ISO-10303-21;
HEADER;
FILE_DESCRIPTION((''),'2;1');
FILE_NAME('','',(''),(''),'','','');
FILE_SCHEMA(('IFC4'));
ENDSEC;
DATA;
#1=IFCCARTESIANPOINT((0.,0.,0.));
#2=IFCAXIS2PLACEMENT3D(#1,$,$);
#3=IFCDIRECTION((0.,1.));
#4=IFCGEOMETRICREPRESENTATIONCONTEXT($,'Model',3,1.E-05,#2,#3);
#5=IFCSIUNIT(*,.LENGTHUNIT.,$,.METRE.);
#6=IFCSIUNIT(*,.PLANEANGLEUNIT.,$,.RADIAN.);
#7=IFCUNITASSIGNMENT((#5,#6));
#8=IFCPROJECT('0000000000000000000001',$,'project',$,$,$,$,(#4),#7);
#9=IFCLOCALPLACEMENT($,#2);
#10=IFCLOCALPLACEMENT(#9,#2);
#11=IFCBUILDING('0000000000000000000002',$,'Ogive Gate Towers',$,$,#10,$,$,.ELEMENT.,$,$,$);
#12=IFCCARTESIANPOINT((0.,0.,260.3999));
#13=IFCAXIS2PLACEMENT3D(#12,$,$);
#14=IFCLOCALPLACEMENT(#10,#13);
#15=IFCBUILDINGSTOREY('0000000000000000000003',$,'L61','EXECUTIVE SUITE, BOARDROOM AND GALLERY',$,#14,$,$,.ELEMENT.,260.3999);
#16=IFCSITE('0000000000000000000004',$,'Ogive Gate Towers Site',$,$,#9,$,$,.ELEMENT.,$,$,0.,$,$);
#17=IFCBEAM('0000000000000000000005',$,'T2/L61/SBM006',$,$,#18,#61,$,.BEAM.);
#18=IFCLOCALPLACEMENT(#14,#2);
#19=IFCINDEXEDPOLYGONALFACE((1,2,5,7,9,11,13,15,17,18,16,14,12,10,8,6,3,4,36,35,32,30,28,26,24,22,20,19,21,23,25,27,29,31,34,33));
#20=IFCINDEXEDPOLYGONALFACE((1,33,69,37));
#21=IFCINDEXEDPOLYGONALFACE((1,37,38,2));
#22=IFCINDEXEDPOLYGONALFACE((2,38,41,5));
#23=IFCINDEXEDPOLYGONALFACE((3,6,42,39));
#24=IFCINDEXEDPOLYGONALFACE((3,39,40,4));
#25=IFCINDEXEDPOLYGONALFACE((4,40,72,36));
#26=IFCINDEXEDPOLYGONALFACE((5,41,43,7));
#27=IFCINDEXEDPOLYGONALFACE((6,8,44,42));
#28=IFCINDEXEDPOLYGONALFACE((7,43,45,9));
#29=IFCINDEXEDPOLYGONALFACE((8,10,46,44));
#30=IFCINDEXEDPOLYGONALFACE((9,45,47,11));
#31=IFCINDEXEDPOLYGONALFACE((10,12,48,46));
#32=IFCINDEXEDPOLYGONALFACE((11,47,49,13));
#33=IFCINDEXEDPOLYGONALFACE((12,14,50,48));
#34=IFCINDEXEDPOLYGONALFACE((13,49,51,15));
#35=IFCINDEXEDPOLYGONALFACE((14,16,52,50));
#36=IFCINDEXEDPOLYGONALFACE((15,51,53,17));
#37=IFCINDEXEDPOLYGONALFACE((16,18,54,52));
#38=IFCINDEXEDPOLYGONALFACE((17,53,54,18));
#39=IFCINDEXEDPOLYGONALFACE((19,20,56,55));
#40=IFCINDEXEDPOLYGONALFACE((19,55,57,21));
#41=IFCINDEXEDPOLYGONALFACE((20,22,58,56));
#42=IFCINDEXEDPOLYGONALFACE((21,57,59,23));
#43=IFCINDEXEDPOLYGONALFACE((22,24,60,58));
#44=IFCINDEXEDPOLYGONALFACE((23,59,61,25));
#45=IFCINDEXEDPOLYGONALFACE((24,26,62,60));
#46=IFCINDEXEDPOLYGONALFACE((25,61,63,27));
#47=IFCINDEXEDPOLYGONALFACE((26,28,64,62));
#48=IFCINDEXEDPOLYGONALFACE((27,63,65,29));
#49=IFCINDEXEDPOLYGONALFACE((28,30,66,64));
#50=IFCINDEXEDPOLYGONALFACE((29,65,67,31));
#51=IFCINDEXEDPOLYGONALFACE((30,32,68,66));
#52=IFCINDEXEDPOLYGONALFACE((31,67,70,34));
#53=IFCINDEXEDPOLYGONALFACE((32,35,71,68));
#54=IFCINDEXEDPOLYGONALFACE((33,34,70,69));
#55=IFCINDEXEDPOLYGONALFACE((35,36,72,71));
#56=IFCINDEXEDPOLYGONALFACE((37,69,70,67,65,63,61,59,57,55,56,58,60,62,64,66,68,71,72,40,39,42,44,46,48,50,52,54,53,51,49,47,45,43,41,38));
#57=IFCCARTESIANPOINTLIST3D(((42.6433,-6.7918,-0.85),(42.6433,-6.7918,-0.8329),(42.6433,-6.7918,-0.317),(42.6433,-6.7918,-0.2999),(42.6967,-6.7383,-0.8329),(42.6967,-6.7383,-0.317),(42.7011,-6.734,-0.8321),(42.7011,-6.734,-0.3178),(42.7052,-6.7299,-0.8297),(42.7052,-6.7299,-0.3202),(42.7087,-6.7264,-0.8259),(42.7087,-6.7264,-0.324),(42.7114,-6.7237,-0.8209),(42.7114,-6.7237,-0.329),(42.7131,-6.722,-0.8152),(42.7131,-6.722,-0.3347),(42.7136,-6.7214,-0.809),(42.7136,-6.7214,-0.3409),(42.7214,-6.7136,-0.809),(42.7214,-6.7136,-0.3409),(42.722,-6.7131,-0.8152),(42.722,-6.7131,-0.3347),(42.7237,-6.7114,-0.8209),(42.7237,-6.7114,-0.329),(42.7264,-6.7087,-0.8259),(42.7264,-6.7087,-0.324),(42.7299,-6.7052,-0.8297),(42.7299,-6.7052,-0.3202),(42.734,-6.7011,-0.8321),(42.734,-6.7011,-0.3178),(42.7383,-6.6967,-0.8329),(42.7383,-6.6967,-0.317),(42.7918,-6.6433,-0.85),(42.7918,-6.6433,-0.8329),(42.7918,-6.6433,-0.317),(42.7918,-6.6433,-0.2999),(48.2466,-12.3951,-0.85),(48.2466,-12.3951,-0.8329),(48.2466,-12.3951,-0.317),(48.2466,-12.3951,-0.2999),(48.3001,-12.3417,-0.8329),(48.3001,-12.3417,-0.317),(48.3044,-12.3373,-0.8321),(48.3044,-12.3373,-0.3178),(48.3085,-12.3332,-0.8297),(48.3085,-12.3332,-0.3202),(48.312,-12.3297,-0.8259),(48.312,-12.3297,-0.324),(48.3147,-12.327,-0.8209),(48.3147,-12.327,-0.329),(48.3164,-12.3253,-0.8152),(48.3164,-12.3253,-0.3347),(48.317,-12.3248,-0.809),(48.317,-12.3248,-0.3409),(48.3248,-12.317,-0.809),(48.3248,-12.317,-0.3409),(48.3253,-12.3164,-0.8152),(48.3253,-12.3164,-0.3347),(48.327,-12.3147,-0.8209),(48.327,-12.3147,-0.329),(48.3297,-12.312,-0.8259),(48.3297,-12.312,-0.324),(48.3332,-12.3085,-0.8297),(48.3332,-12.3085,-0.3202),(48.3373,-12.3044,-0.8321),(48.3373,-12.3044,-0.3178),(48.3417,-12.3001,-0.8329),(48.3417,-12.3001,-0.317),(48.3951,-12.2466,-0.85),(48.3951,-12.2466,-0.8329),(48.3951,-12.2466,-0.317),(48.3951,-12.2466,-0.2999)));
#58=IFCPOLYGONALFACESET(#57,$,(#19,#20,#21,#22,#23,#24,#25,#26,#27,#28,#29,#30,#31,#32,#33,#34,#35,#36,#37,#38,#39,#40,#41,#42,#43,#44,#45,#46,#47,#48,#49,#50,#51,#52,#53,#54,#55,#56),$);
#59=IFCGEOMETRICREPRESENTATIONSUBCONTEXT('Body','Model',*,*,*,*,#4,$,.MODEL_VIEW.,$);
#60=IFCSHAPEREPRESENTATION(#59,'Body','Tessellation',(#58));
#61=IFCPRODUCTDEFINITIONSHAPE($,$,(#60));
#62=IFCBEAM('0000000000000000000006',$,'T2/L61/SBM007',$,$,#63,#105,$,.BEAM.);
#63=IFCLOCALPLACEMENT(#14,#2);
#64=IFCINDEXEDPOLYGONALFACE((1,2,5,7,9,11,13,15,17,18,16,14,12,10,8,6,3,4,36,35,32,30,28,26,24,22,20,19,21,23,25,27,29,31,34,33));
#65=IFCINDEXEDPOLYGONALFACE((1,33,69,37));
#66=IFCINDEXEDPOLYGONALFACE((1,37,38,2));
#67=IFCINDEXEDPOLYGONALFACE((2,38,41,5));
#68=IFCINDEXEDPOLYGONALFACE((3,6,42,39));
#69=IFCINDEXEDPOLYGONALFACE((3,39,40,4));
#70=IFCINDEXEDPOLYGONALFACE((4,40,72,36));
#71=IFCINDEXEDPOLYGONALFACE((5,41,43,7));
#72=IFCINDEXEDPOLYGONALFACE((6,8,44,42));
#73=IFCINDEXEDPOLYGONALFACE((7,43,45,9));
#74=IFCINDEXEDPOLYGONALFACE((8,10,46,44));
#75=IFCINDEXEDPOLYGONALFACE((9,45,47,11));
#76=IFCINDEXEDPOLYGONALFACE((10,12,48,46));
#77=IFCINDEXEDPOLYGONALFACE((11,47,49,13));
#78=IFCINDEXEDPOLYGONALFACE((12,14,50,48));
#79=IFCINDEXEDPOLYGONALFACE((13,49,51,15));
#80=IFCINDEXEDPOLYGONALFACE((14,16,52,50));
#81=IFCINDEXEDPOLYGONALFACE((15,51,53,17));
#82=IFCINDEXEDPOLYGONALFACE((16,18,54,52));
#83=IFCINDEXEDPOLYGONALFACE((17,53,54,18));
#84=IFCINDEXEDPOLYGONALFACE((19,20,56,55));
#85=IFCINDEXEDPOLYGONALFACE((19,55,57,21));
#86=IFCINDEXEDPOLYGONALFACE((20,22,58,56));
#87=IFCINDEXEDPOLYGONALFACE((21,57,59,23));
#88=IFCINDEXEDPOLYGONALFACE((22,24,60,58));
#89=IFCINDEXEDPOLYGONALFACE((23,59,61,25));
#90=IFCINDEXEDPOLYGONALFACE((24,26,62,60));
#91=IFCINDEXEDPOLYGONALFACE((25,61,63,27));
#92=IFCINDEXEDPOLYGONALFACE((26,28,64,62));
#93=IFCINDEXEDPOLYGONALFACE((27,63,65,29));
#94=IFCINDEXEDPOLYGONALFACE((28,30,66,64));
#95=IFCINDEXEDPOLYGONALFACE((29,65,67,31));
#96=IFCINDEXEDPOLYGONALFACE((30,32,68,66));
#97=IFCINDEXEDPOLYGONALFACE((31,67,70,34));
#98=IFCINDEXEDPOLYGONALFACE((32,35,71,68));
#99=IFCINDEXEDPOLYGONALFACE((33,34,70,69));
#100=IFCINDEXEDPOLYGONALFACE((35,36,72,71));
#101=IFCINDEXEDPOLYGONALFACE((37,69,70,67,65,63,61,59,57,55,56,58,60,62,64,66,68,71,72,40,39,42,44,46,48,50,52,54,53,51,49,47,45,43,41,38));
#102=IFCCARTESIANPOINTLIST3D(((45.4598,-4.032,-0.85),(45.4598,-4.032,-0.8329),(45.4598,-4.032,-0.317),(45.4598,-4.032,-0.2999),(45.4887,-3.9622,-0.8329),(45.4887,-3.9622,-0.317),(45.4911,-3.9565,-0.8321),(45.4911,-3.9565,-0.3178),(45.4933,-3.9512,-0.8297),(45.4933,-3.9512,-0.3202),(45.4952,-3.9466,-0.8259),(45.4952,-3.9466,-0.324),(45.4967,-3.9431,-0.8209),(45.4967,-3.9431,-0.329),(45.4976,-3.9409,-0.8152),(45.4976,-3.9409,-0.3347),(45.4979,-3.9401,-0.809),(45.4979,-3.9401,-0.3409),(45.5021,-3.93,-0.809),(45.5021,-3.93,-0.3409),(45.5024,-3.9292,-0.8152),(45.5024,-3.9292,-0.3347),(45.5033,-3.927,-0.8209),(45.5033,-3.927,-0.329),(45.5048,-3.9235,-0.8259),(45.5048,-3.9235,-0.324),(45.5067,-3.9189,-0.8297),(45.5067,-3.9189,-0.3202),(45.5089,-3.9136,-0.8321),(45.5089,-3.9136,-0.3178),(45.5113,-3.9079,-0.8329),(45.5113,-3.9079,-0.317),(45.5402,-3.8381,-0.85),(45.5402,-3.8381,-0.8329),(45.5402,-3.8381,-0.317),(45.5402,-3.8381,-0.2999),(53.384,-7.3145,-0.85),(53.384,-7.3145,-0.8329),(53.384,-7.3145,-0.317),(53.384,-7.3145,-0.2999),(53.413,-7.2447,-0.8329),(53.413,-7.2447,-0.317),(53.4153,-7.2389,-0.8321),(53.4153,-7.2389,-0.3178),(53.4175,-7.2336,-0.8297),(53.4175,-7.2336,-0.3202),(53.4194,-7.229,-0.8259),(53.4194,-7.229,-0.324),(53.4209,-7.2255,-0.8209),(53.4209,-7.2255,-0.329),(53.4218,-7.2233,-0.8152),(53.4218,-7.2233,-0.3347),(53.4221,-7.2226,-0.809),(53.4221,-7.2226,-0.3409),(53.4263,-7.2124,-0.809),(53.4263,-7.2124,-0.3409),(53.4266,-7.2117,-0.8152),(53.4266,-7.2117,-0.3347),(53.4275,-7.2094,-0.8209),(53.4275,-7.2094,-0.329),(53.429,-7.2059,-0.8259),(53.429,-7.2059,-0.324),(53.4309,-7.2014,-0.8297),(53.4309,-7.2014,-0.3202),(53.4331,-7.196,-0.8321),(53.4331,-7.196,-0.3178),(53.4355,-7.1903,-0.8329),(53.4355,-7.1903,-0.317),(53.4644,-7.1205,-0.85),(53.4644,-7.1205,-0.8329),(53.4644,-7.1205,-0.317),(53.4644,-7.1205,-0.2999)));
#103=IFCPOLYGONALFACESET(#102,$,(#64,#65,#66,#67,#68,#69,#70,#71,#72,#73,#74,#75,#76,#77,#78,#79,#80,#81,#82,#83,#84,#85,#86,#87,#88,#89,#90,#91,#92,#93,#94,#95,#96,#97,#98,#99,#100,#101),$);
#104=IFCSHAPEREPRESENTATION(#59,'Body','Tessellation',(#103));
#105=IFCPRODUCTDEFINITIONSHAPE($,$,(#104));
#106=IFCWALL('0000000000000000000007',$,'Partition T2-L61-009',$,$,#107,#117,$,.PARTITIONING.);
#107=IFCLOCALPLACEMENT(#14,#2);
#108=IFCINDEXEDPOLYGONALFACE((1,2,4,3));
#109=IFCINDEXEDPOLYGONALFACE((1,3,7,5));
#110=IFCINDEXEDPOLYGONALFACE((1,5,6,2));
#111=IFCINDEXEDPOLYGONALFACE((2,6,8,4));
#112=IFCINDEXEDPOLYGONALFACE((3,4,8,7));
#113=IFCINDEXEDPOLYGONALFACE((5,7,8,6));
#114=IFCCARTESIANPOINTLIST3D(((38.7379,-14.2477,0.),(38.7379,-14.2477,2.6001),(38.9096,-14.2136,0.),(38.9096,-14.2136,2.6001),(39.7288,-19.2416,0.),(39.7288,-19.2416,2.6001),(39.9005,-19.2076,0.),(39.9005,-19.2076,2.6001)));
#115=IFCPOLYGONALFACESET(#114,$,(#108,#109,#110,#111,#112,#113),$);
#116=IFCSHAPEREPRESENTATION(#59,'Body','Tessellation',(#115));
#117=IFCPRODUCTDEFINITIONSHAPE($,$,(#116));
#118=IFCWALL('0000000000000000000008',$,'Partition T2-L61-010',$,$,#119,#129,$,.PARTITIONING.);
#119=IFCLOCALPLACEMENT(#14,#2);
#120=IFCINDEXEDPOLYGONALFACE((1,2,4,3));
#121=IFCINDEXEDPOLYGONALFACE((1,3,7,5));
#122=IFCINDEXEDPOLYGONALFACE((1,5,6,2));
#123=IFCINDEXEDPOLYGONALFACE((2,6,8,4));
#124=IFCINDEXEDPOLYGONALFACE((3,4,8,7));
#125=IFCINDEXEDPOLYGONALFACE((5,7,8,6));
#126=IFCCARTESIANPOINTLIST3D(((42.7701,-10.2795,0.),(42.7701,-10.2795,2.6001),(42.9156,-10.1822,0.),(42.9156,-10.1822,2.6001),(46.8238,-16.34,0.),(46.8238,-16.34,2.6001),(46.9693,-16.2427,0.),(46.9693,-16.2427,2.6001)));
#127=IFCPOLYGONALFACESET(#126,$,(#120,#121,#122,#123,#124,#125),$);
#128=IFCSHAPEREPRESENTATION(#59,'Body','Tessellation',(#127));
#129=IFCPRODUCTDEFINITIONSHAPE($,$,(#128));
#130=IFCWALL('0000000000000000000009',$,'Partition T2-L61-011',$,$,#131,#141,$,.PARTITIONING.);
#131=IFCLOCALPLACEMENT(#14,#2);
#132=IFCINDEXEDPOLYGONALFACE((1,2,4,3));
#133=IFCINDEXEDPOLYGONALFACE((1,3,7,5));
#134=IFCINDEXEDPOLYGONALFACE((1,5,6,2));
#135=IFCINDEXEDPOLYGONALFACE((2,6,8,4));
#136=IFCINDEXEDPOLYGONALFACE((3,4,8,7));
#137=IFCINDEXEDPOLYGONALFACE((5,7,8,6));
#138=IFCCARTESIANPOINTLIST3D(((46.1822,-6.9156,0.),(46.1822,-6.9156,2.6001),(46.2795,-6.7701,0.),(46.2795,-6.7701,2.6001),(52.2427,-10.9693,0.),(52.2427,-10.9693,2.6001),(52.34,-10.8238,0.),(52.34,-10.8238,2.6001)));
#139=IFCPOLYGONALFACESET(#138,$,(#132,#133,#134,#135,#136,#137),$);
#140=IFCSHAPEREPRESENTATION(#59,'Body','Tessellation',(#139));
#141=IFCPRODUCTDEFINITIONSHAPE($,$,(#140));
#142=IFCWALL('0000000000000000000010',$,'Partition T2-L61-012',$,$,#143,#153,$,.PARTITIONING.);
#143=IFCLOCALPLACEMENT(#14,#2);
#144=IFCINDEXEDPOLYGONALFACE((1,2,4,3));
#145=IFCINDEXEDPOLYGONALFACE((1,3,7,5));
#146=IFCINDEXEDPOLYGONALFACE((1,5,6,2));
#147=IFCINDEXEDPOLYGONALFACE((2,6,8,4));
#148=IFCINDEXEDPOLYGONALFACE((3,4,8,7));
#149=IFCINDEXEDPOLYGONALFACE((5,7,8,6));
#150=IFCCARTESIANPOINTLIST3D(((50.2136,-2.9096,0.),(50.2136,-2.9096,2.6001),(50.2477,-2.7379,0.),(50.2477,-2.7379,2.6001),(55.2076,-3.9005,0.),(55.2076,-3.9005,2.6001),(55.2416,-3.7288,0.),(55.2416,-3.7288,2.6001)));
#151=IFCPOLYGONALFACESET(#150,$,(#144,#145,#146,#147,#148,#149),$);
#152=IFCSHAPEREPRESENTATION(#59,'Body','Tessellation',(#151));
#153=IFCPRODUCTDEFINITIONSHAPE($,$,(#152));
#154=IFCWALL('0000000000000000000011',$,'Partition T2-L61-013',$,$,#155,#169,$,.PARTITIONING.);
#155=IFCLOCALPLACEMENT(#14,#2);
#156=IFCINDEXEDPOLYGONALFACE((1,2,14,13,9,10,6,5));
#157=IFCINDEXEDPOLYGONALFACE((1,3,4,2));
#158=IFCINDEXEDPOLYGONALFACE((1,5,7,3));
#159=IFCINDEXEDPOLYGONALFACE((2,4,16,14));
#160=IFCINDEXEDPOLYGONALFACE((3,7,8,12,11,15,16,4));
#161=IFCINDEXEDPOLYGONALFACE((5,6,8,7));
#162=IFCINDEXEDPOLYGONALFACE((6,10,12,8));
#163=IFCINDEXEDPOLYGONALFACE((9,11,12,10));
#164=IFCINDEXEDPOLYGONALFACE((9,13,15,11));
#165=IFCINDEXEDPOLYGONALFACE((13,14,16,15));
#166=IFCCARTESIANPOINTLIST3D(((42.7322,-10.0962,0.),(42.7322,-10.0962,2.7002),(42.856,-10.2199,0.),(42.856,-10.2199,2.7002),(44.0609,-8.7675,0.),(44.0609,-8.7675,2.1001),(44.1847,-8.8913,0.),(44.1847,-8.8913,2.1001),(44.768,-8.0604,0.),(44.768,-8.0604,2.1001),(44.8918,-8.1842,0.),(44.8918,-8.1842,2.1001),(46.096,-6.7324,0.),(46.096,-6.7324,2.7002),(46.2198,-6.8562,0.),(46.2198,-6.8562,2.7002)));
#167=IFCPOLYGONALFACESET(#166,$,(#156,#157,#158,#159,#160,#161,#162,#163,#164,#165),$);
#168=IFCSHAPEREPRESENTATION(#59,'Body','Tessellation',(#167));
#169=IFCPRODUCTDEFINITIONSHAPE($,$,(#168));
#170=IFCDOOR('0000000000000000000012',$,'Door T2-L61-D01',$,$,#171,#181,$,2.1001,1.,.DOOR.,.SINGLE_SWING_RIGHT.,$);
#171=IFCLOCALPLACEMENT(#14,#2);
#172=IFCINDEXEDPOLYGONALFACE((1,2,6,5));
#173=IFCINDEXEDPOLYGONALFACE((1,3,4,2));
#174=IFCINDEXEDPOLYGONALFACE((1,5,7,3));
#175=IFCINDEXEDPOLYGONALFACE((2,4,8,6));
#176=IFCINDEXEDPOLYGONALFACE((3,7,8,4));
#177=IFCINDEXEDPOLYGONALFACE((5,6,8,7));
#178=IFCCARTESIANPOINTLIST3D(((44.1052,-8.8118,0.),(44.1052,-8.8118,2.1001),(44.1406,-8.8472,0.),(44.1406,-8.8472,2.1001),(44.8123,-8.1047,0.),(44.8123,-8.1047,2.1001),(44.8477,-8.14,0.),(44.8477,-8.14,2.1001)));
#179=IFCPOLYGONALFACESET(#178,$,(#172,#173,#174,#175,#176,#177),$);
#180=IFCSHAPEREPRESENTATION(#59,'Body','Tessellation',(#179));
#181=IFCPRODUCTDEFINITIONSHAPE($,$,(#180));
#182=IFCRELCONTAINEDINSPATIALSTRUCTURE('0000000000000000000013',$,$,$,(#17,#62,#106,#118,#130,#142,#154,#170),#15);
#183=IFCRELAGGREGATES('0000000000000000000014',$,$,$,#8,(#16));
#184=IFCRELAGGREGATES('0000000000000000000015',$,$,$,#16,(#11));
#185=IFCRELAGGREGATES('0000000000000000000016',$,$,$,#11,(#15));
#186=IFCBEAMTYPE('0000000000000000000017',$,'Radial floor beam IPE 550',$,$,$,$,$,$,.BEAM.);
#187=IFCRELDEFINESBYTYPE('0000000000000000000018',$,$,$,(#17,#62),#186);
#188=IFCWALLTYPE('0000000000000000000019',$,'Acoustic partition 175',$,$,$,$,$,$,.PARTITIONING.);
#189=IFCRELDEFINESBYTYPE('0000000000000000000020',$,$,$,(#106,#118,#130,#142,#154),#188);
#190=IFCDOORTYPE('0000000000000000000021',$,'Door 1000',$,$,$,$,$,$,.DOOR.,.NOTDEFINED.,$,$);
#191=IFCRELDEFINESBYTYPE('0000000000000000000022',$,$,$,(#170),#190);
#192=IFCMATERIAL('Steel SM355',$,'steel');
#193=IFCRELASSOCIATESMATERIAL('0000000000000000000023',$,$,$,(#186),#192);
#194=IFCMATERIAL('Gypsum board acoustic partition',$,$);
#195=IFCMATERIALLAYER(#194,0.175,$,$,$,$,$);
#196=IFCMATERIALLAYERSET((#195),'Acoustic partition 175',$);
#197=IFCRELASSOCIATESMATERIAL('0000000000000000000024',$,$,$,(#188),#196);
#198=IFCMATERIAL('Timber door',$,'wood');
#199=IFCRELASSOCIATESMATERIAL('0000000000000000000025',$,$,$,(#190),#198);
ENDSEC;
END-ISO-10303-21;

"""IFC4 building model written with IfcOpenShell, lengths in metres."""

from ifc_helpers import new_model, si_unit, direction, frame, frame_2d, origin, origin_2d, place, context, subcontext, project, spatial, rectangle, i_section, extrude, material, layer, layer_set, material_profile, profile_set, type_object, element, fill, save


model = new_model("IFC4")

# Units and contexts
model_context = context("Model", 3, precision=1e-05, world=origin(), true_north=direction((0.0, 1.0)))
body_context = subcontext(model_context, "Body", "Model", "MODEL_VIEW")
ifc_project = project(units=[si_unit("LENGTHUNIT", "METRE"), si_unit("PLANEANGLEUNIT", "RADIAN")], contexts=[model_context])

# Site, building, storey
site_placement = place(None, origin())
site = spatial("IfcSite", under=ifc_project, at=site_placement, Name="Ogive Gate Towers Site", CompositionType="ELEMENT", RefElevation=0.0)
building_placement = place(site_placement, origin())
building = spatial("IfcBuilding", under=site, at=building_placement, Name="Ogive Gate Towers", CompositionType="ELEMENT")
storey_placement = place(building_placement, frame((0.0, 0.0, 260.3999)))
storey = spatial("IfcBuildingStorey", under=building, at=storey_placement, Name="L61", Description="EXECUTIVE SUITE, BOARDROOM AND GALLERY", CompositionType="ELEMENT", Elevation=260.3999)

# Beams
ifc_material_1 = material(Name="Steel SM355", Category="steel")
ifc_material_profile_1 = material_profile(ifc_material_1, i_section(OverallWidth=0.21, OverallDepth=0.55, WebThickness=0.011, FlangeThickness=0.0171, FilletRadius=0.0239, at=origin_2d()), Name="IPE 550")
ifc_profile_set_1 = profile_set([ifc_material_profile_1], Name="Steel SM355")
beam_type_1 = type_object("IfcBeamType", Name="Radial floor beam IPE 550", PredefinedType="BEAM", material=ifc_profile_set_1)
beam_1_placement = place(storey_placement, frame((42.7175, -6.7175, -0.575), z_axis=(0.707107, -0.707107, 0.0), x_axis=(0.707107, 0.707107, 0.0)))
element("IfcBeam", 1, at=beam_1_placement, inside=storey, type_object=beam_type_1, Name="T2/L61/SBM006", PredefinedType="BEAM", context=body_context, shape_type="SweptSolid", body=[
    extrude(i_section(OverallWidth=0.21, OverallDepth=0.55, WebThickness=0.011, FlangeThickness=0.0171, FilletRadius=0.0239, at=origin_2d()), origin(), (0.0, 0.0, 1.0), 7.9243),
])
beam_2_placement = place(storey_placement, frame((45.5, -3.9351, -0.575), z_axis=(0.923875, -0.382695, 0.0), x_axis=(0.382695, 0.923875, 0.0)))
element("IfcBeam", 2, at=beam_2_placement, inside=storey, type_object=beam_type_1, Name="T2/L61/SBM007", PredefinedType="BEAM", context=body_context, shape_type="SweptSolid", body=[
    extrude(i_section(OverallWidth=0.21, OverallDepth=0.55, WebThickness=0.011, FlangeThickness=0.0171, FilletRadius=0.0239, at=origin_2d()), origin(), (0.0, 0.0, 1.0), 8.5771),
])

# Walls
ifc_material_2 = material(Name="Gypsum board acoustic partition")
ifc_layer_1 = layer(ifc_material_2, 0.175)
ifc_layer_set_1 = layer_set([ifc_layer_1], Name="Acoustic partition 175")
wall_type_1 = type_object("IfcWallType", Name="Acoustic partition 175", PredefinedType="PARTITIONING", material=ifc_layer_set_1)
wall_1_placement = place(storey_placement, frame((39.8147, -19.2246, 0.0), z_axis=(0.0, 0.0, 1.0), x_axis=(-0.19464, 0.980875, 0.0)))
element("IfcWall", 3, at=wall_1_placement, inside=storey, type_object=wall_type_1, Name="Partition T2-L61-009", PredefinedType="PARTITIONING", context=body_context, shape_type="SweptSolid", body=[
    extrude(rectangle(XDim=5.0913, YDim=0.175, at=frame_2d((2.5457, 0.0))), origin(), (0.0, 0.0, 1.0), 2.6001),
])
for number, where, z_axis, x_axis, name in (
    (4, (46.8965, -16.2913, 0.0), (0.0, 0.0, 1.0), (-0.555967, 0.831205, 0.0), "Partition T2-L61-010"),
    (5, (52.2913, -10.8965, 0.0), (0.0, 0.0, 1.0), (-0.831205, 0.555967, 0.0), "Partition T2-L61-011"),
):
    element("IfcWall", number, at=place(storey_placement, frame(where, z_axis=z_axis, x_axis=x_axis)), inside=storey, type_object=wall_type_1, Name=name, PredefinedType="PARTITIONING", context=body_context, shape_type="SweptSolid", body=[
        extrude(rectangle(XDim=7.2913, YDim=0.175, at=frame_2d((3.6455, 0.0))), origin(), (0.0, 0.0, 1.0), 2.6001),
    ])
wall_2_placement = place(storey_placement, frame((55.2246, -3.8147, 0.0), z_axis=(0.0, 0.0, 1.0), x_axis=(-0.980875, 0.19464, 0.0)))
element("IfcWall", 6, at=wall_2_placement, inside=storey, type_object=wall_type_1, Name="Partition T2-L61-012", PredefinedType="PARTITIONING", context=body_context, shape_type="SweptSolid", body=[
    extrude(rectangle(XDim=5.0913, YDim=0.175, at=frame_2d((2.5457, 0.0))), origin(), (0.0, 0.0, 1.0), 2.6001),
])

# Wall, opening, door
wall_3_placement = place(storey_placement, frame((42.7942, -10.158, 0.0), z_axis=(0.0, 0.0, 1.0), x_axis=(0.707107, 0.707107, 0.0)))
wall_3 = element("IfcWall", 7, at=wall_3_placement, inside=storey, type_object=wall_type_1, Name="Partition T2-L61-013", PredefinedType="PARTITIONING", context=body_context, shape_type="SweptSolid", body=[
    extrude(rectangle(XDim=4.7571, YDim=0.175, at=frame_2d((2.3784, 0.0))), origin(), (0.0, 0.0, 1.0), 2.7002),
])
opening_1_placement = place(wall_3_placement, frame((1.8789, 0.0, 0.0)))
opening_1 = element("IfcOpeningElement", 8, at=opening_1_placement, cuts=wall_3, PredefinedType="OPENING", context=body_context, shape_type="SweptSolid", body=[
    extrude(rectangle(XDim=1.0, YDim=2.1001, at=frame_2d((0.5, 1.05))), frame((0.0, 0.0977, 0.0), z_axis=(0.0, -1.0, 0.0), x_axis=(1.0, 0.0, 0.0)), (0.0, 0.0, 1.0), 0.1951),
])
ifc_material_3 = material(Name="Timber door", Category="wood")
door_type_1 = type_object("IfcDoorType", Name="Door 1000", OperationType="NOTDEFINED", PredefinedType="DOOR", material=ifc_material_3)
door_1_placement = place(opening_1_placement, origin())
door_1 = element("IfcDoor", 9, at=door_1_placement, inside=storey, type_object=door_type_1, Name="Door T2-L61-D01", OperationType="SINGLE_SWING_RIGHT", OverallHeight=2.1001, OverallWidth=1.0, PredefinedType="DOOR", context=body_context, shape_type="SweptSolid", body=[
    extrude(rectangle(XDim=1.0, YDim=2.1001, at=frame_2d((0.5, 1.05))), frame((0.0, 0.0249, 0.0), z_axis=(0.0, -1.0, 0.0), x_axis=(1.0, 0.0, 0.0)), (0.0, 0.0, 1.0), 0.05),
])
fill(opening_1, door_1)

save(model, "model.ifc")
